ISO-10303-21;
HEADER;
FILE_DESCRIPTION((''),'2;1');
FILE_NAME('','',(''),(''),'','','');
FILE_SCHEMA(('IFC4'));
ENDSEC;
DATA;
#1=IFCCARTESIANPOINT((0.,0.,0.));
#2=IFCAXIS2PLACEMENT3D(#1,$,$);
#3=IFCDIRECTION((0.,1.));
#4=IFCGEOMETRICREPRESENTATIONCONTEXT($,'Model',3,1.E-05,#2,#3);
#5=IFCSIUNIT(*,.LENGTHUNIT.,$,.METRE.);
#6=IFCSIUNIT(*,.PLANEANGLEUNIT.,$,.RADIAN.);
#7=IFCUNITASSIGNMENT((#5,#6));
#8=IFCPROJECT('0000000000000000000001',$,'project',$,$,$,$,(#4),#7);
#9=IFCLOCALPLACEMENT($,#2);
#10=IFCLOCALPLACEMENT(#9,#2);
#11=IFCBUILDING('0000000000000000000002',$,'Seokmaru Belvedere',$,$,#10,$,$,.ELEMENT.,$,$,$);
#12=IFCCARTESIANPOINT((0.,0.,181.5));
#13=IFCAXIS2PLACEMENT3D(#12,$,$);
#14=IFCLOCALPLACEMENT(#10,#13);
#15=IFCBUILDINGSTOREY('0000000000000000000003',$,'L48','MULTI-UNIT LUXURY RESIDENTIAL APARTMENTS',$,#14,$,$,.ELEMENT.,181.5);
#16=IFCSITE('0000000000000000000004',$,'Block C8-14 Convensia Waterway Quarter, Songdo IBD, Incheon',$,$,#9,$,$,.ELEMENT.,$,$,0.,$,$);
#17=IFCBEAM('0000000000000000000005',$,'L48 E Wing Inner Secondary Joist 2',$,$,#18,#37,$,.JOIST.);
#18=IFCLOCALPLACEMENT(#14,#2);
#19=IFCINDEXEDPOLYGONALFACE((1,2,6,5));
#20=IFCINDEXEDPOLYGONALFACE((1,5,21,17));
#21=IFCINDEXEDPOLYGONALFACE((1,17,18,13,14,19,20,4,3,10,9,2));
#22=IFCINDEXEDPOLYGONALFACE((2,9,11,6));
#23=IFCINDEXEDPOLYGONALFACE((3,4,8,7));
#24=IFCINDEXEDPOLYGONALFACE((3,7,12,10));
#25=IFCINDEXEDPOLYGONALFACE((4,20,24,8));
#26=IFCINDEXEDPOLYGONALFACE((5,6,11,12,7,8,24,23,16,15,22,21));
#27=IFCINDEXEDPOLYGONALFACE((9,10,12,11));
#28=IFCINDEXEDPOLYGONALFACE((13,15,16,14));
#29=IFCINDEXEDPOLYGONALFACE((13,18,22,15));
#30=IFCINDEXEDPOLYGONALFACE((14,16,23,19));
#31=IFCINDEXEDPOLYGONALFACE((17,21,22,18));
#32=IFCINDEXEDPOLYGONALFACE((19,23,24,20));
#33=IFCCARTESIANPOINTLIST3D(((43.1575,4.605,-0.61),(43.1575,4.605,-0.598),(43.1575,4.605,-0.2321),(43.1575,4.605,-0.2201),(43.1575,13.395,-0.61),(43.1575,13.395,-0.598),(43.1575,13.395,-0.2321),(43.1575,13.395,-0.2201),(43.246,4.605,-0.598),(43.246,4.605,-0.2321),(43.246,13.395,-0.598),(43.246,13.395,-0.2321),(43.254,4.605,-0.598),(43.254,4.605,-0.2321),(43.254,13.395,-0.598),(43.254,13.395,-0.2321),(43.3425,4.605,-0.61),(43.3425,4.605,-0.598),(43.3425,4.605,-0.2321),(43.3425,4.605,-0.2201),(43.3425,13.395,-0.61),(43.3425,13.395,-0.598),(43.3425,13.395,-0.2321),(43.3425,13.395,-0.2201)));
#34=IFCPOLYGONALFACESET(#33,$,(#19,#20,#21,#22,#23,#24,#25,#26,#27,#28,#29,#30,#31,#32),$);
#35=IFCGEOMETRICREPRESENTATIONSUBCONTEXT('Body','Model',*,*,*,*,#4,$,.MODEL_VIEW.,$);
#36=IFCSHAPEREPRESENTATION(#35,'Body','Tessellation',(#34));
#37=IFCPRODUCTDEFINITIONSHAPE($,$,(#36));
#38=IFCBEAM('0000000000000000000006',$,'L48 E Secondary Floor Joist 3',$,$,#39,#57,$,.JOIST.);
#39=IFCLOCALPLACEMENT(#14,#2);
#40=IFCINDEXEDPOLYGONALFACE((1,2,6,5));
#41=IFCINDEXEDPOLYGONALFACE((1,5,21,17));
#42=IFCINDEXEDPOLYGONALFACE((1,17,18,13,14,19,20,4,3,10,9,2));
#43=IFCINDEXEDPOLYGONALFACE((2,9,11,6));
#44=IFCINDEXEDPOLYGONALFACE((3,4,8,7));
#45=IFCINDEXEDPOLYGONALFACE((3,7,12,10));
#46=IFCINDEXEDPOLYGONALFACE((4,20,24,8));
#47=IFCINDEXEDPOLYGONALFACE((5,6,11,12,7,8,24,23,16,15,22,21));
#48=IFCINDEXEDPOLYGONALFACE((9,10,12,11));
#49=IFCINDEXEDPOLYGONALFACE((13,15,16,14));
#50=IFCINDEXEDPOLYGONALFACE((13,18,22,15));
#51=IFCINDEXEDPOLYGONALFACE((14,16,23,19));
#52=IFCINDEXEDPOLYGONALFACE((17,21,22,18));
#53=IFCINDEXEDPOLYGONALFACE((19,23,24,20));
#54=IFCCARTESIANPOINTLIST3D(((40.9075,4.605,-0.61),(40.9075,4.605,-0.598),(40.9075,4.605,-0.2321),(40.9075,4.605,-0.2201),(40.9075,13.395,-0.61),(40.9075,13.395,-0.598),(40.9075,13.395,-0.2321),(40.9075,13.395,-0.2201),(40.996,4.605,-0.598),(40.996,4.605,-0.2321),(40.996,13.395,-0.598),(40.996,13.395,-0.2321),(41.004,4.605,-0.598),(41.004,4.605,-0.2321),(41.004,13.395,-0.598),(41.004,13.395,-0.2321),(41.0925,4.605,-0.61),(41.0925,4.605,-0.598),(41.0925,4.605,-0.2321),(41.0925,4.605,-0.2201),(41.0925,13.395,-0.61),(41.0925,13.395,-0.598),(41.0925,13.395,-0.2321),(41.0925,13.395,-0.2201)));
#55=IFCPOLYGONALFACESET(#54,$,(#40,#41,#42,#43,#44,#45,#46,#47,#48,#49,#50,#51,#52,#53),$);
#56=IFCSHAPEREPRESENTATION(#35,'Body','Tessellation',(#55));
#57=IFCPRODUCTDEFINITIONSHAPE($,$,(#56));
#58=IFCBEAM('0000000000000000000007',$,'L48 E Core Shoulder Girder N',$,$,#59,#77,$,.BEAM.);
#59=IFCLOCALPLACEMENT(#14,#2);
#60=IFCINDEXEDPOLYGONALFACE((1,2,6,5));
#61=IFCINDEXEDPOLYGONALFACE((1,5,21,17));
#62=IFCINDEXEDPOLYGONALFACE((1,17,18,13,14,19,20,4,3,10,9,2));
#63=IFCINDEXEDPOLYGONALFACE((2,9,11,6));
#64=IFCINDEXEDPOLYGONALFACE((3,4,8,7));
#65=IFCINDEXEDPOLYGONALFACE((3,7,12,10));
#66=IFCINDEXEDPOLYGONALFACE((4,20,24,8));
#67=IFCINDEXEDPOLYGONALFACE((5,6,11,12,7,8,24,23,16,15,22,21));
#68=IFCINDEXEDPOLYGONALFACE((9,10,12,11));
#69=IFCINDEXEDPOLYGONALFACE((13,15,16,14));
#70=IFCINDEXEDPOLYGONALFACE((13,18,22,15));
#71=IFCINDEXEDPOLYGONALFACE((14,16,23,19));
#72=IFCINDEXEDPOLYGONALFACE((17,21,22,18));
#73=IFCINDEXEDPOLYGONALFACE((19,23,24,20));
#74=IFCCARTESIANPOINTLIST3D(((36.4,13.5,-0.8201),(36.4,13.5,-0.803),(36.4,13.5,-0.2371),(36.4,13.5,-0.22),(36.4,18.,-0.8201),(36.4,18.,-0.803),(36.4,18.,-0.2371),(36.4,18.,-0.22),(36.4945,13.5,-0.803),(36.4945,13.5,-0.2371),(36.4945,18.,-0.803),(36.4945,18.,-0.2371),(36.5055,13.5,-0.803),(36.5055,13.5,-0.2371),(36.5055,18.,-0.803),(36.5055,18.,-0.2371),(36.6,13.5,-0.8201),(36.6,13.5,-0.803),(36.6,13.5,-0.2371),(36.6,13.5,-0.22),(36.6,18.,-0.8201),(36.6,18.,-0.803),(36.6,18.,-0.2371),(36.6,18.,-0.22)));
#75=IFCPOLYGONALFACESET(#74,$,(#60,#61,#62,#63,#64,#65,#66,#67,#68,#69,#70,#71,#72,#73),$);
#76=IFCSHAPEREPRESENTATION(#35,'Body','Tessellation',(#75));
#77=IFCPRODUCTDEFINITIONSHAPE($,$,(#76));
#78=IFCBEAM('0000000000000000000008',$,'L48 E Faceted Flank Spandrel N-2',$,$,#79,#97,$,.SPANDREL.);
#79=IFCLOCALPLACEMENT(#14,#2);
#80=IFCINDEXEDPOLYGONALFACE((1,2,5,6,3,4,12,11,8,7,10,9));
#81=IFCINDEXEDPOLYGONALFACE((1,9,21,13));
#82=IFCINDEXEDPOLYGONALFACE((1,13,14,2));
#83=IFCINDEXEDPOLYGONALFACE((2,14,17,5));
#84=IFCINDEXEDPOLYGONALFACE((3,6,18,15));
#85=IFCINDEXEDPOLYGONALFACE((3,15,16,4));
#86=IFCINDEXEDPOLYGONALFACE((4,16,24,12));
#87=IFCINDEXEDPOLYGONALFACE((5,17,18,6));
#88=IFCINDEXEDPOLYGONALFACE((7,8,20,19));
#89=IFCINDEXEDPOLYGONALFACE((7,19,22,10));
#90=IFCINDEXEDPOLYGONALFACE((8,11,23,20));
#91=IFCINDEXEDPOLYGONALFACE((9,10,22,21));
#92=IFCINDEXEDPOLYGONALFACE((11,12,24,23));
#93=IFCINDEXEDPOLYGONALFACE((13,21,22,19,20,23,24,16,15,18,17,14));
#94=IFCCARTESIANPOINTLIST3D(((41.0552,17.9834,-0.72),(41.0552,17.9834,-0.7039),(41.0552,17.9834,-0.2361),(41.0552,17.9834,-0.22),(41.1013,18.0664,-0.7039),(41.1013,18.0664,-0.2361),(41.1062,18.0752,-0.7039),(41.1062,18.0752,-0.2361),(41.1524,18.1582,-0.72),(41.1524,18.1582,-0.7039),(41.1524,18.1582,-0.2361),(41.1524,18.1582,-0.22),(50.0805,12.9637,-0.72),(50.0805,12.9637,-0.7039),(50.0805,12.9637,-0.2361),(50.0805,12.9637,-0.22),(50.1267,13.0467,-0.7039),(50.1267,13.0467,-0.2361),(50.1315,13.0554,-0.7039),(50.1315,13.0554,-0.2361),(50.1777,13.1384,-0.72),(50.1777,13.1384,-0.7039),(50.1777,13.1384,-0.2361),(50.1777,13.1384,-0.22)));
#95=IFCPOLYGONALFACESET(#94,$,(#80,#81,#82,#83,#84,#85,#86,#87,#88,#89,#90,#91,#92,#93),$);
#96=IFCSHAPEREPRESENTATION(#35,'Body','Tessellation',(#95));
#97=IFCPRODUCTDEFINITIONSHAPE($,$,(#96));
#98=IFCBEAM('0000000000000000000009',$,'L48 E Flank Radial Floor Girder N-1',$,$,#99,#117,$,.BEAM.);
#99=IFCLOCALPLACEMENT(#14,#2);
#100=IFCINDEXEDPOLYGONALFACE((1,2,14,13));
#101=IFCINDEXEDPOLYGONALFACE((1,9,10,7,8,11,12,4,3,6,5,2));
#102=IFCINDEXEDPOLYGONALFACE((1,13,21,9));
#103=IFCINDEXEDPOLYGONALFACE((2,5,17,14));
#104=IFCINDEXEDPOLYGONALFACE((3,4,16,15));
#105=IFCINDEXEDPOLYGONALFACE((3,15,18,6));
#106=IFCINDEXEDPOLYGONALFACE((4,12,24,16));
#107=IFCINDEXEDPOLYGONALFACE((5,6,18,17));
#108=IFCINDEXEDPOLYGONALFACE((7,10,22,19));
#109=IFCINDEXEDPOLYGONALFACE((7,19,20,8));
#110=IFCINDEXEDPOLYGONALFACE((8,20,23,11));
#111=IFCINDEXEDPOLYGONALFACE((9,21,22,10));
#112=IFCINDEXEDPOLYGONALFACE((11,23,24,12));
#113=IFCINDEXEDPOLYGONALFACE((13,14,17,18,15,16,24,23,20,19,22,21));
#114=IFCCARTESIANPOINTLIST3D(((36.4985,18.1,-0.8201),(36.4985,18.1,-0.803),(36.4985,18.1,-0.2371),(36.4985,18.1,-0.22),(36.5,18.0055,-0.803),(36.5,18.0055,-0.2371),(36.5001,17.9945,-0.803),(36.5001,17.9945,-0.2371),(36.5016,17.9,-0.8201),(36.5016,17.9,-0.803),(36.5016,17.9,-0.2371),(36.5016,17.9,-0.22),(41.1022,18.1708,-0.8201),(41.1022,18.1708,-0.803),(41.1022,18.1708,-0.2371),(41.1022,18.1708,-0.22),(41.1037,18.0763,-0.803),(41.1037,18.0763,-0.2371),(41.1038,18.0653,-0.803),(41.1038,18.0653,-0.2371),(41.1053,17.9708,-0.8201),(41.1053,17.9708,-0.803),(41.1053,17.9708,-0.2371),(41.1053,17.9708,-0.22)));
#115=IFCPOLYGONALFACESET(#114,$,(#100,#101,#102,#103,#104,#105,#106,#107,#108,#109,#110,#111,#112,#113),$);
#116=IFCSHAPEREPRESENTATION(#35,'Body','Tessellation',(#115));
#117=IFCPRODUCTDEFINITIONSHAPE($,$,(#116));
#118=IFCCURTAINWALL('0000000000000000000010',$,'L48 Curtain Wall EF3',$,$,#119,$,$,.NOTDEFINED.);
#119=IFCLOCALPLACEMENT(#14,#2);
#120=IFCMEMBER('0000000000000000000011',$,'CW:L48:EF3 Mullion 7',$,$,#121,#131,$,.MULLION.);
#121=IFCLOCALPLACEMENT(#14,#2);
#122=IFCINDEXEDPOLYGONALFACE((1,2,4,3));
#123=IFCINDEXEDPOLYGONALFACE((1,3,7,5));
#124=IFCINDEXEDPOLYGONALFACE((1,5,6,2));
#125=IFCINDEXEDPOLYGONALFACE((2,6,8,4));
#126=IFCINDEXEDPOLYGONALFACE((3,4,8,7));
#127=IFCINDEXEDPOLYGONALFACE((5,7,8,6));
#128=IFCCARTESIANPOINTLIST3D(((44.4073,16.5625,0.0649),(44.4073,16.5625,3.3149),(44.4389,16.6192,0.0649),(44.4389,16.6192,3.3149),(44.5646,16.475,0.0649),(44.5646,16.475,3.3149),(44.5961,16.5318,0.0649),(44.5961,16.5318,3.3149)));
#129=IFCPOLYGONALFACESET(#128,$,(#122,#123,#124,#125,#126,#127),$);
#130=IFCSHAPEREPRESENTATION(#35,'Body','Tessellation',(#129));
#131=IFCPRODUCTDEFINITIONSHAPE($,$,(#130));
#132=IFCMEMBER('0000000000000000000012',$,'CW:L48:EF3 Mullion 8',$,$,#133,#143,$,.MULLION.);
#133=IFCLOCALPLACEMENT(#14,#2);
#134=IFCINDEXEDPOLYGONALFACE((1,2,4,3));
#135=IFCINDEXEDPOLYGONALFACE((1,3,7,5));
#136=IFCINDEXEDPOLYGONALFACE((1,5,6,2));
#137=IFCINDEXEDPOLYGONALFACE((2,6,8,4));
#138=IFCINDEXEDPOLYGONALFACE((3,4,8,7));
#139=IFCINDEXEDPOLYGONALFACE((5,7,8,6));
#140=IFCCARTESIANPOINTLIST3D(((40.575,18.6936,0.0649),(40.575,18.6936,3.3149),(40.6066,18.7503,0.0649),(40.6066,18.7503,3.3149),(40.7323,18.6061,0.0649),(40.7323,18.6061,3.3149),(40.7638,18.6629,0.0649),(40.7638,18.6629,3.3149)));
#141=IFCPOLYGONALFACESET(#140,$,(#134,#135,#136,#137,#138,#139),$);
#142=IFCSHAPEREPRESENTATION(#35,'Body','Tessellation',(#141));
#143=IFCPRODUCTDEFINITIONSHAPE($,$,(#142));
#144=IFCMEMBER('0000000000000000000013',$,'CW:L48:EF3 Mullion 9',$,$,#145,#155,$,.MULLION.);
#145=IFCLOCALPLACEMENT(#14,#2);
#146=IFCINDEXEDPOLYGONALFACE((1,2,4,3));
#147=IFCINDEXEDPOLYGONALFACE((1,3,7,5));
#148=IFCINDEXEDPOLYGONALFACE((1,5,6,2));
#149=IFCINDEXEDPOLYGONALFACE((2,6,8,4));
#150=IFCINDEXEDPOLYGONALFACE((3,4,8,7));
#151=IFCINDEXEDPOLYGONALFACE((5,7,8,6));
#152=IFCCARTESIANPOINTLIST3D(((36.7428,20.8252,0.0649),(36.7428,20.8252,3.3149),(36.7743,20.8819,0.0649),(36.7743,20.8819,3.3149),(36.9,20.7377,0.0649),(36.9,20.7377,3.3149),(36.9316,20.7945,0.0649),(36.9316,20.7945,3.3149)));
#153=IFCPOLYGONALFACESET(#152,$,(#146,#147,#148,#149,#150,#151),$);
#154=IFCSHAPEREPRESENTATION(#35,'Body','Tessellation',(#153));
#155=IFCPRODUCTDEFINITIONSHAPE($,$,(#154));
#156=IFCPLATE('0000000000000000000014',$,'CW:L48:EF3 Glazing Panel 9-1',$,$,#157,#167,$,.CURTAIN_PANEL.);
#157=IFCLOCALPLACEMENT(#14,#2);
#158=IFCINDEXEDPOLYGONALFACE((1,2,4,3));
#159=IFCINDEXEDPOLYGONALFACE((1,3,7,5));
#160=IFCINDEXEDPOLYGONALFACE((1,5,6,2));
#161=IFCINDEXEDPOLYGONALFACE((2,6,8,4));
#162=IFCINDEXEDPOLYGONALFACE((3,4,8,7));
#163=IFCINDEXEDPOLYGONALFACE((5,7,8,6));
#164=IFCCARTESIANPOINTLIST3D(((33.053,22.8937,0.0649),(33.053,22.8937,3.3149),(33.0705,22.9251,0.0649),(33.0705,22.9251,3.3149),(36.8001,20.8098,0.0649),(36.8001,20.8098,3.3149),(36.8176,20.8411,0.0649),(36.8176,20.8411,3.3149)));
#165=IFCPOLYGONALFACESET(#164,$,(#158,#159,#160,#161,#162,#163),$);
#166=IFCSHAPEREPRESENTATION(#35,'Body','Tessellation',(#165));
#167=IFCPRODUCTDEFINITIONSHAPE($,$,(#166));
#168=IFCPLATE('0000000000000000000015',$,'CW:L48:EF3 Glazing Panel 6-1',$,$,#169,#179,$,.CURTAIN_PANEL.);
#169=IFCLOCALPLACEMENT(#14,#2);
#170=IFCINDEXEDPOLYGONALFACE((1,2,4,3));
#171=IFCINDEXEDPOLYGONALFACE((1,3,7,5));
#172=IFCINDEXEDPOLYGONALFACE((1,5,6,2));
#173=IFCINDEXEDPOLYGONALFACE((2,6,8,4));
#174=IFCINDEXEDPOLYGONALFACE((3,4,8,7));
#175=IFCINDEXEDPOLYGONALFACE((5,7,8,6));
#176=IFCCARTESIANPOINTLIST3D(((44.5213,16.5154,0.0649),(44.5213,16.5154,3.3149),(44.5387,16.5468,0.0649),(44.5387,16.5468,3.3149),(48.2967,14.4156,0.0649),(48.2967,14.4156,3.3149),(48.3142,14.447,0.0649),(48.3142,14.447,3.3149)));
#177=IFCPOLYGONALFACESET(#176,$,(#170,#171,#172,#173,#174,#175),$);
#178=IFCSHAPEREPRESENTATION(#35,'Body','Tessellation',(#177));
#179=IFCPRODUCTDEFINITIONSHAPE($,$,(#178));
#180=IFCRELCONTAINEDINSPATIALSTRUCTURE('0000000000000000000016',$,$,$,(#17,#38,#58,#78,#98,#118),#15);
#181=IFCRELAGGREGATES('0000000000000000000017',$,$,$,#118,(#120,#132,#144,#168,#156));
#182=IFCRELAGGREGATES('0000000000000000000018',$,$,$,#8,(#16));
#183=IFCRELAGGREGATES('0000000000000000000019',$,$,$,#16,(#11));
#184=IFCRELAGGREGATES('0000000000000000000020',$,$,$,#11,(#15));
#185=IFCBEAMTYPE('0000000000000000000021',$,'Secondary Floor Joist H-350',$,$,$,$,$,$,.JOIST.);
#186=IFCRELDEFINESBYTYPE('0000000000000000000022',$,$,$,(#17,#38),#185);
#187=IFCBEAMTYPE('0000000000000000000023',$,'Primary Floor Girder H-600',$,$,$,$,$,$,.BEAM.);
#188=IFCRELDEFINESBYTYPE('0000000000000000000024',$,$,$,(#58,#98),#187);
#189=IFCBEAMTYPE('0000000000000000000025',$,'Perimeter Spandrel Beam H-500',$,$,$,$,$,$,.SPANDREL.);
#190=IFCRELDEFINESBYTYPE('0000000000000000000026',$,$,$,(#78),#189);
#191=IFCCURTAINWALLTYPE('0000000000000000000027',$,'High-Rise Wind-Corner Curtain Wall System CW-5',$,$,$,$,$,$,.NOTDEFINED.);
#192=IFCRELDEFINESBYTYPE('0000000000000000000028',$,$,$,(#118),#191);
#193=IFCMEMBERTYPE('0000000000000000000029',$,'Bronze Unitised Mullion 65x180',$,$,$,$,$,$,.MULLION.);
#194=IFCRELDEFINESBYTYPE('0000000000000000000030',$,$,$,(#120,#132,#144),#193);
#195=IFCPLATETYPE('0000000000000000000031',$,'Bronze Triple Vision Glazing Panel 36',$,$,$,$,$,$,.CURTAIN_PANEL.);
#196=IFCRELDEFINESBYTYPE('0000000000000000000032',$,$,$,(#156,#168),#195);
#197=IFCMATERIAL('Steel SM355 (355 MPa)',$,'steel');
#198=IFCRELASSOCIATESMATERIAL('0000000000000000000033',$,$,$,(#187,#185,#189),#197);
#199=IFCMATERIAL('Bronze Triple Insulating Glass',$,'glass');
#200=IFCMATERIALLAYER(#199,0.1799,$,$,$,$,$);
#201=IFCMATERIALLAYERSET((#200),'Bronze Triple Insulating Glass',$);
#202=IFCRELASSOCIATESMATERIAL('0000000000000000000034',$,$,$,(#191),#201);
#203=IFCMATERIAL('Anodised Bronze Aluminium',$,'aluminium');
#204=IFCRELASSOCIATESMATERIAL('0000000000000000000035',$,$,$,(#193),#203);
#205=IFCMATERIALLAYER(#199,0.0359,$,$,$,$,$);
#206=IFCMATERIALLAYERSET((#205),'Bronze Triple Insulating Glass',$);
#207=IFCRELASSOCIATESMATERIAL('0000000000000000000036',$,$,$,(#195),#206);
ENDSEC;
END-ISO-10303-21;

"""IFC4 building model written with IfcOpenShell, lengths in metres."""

from ifc_helpers import new_model, si_unit, direction, frame, origin, origin_2d, place, context, subcontext, project, spatial, rectangle, i_section, extrude, source, transform, mapped, material, layer, layer_set, material_profile, profile_set, type_object, type_shapes, element, aggregate, save


model = new_model("IFC4")

# Units and contexts
model_context = context("Model", 3, precision=1e-05, world=origin(), true_north=direction((0.0, 1.0)))
body_context = subcontext(model_context, "Body", "Model", "MODEL_VIEW")
ifc_project = project(units=[si_unit("LENGTHUNIT", "METRE"), si_unit("PLANEANGLEUNIT", "RADIAN")], contexts=[model_context])

# Site, building, storey
site_placement = place(None, origin())
site = spatial("IfcSite", under=ifc_project, at=site_placement, Name="Block C8-14 Convensia Waterway Quarter, Songdo IBD, Incheon", CompositionType="ELEMENT", RefElevation=0.0)
building_placement = place(site_placement, origin())
building = spatial("IfcBuilding", under=site, at=building_placement, Name="Seokmaru Belvedere", CompositionType="ELEMENT")
storey_placement = place(building_placement, frame((0.0, 0.0, 181.5)))
storey = spatial("IfcBuildingStorey", under=building, at=storey_placement, Name="L48", Description="MULTI-UNIT LUXURY RESIDENTIAL APARTMENTS", CompositionType="ELEMENT", Elevation=181.5)

# Shared definitions
ifc_material_1 = material(Name="Steel SM355 (355 MPa)", Category="steel")

# Beams
ifc_material_profile_1 = material_profile(ifc_material_1, i_section(OverallWidth=0.2, OverallDepth=0.6001, WebThickness=0.011, FlangeThickness=0.0171, at=origin_2d()), Name="H-600x200x11x17")
ifc_profile_set_1 = profile_set([ifc_material_profile_1], Name="Steel SM355 (355 MPa)")
beam_type_1 = type_object("IfcBeamType", Name="Primary Floor Girder H-600", PredefinedType="BEAM", material=ifc_profile_set_1)
ifc_material_profile_2 = material_profile(ifc_material_1, i_section(OverallWidth=0.1851, OverallDepth=0.3899, WebThickness=0.0081, FlangeThickness=0.012, at=origin_2d()), Name="H-390x185x8x12")
ifc_profile_set_2 = profile_set([ifc_material_profile_2], Name="Steel SM355 (355 MPa)")
beam_type_2 = type_object("IfcBeamType", Name="Secondary Floor Joist H-350", PredefinedType="JOIST", material=ifc_profile_set_2)
shared_shape_1 = source(origin(), body_context, "Body", "SweptSolid", [
    extrude(i_section(OverallWidth=0.1851, OverallDepth=0.3899, WebThickness=0.0081, FlangeThickness=0.012, at=origin_2d()), origin(), (0.0, 0.0, 1.0), 8.79),
])
type_shapes(beam_type_2, [shared_shape_1])
for number, where, z_axis, x_axis, name in (
    (1, (43.25, 4.605, -0.415), (0.0, 1.0, 0.0), (-1.0, 0.0, 0.0), "L48 E Wing Inner Secondary Joist 2"),
    (2, (41.0, 4.605, -0.415), (0.0, 1.0, 0.0), (-1.0, 0.0, 0.0), "L48 E Secondary Floor Joist 3"),
):
    element("IfcBeam", number, at=place(storey_placement, frame(where, z_axis=z_axis, x_axis=x_axis)), inside=storey, type_object=beam_type_2, Name=name, PredefinedType="JOIST", context=body_context, shape_type="MappedRepresentation", body=[
        mapped(shared_shape_1, transform((0.0, 0.0, 0.0), scale=1.0)),
    ])
shared_shape_2 = source(origin(), body_context, "Body", "SweptSolid", [
    extrude(i_section(OverallWidth=0.2, OverallDepth=0.6001, WebThickness=0.011, FlangeThickness=0.0171, at=origin_2d()), origin(), (0.0, 0.0, 1.0), 4.5),
])
beam_1_placement = place(storey_placement, frame((36.5, 13.5, -0.52), z_axis=(0.0, 1.0, 0.0), x_axis=(-1.0, 0.0, 0.0)))
element("IfcBeam", 3, at=beam_1_placement, inside=storey, type_object=beam_type_1, Name="L48 E Core Shoulder Girder N", PredefinedType="BEAM", context=body_context, shape_type="MappedRepresentation", body=[
    mapped(shared_shape_2, transform((0.0, 0.0, 0.0), scale=1.0)),
])
ifc_material_profile_3 = material_profile(ifc_material_1, i_section(OverallWidth=0.2, OverallDepth=0.5, WebThickness=0.01, FlangeThickness=0.0161, at=origin_2d()), Name="H-500x200x10x16")
ifc_profile_set_3 = profile_set([ifc_material_profile_3], Name="Steel SM355 (355 MPa)")
beam_type_3 = type_object("IfcBeamType", Name="Perimeter Spandrel Beam H-500", PredefinedType="SPANDREL", material=ifc_profile_set_3)
shared_shape_3 = source(origin(), body_context, "Body", "SweptSolid", [
    extrude(i_section(OverallWidth=0.2, OverallDepth=0.5, WebThickness=0.01, FlangeThickness=0.0161, at=origin_2d()), origin(), (0.0, 0.0, 1.0), 10.3274),
])
type_shapes(beam_type_3, [shared_shape_3])
beam_2_placement = place(storey_placement, frame((41.1038, 18.0708, -0.47), z_axis=(0.873924, -0.486062, 0.0), x_axis=(0.486062, 0.873924, 0.0)))
element("IfcBeam", 4, at=beam_2_placement, inside=storey, type_object=beam_type_3, Name="L48 E Faceted Flank Spandrel N-2", PredefinedType="SPANDREL", context=body_context, shape_type="MappedRepresentation", body=[
    mapped(shared_shape_3, transform((0.0, 0.0, 0.0), scale=1.0)),
])
shared_shape_4 = source(origin(), body_context, "Body", "SweptSolid", [
    extrude(i_section(OverallWidth=0.2, OverallDepth=0.6001, WebThickness=0.011, FlangeThickness=0.0171, at=origin_2d()), origin(), (0.0, 0.0, 1.0), 4.6042),
])
beam_3_placement = place(storey_placement, frame((41.1038, 18.0708, -0.52), z_axis=(-0.999882, -0.015377, 0.0), x_axis=(0.015377, -0.999882, 0.0)))
element("IfcBeam", 5, at=beam_3_placement, inside=storey, type_object=beam_type_1, Name="L48 E Flank Radial Floor Girder N-1", PredefinedType="BEAM", context=body_context, shape_type="MappedRepresentation", body=[
    mapped(shared_shape_4, transform((0.0, 0.0, 0.0), scale=1.0)),
])

# Curtain wall, members, plates
ifc_material_2 = material(Name="Bronze Triple Insulating Glass", Category="glass")
ifc_layer_1 = layer(ifc_material_2, 0.1799)
ifc_layer_set_1 = layer_set([ifc_layer_1], Name="Bronze Triple Insulating Glass")
curtain_wall_type = type_object("IfcCurtainWallType", Name="High-Rise Wind-Corner Curtain Wall System CW-5", PredefinedType="NOTDEFINED", material=ifc_layer_set_1)
curtain_wall_placement = place(storey_placement, origin())
curtain_wall = element("IfcCurtainWall", 6, at=curtain_wall_placement, inside=storey, type_object=curtain_wall_type, Name="L48 Curtain Wall EF3", PredefinedType="NOTDEFINED")
ifc_material_3 = material(Name="Anodised Bronze Aluminium", Category="aluminium")
ifc_material_profile_4 = material_profile(ifc_material_3, rectangle(XDim=0.0649, YDim=0.1799, at=origin_2d()), Name="CW-M-65x180")
ifc_profile_set_4 = profile_set([ifc_material_profile_4], Name="Anodised Bronze Aluminium")
member_type = type_object("IfcMemberType", Name="Bronze Unitised Mullion 65x180", PredefinedType="MULLION", material=ifc_profile_set_4)
shared_shape_5 = source(origin(), body_context, "Body", "SweptSolid", [
    extrude(rectangle(XDim=0.0649, YDim=0.1799, at=origin_2d()), origin(), (0.0, 0.0, 1.0), 3.25),
])
type_shapes(member_type, [shared_shape_5])
member_1_placement = place(storey_placement, frame((44.5017, 16.5471, 0.0649), z_axis=(0.0, 0.0, 1.0), x_axis=(-0.486047, -0.873933, 0.0)))
member_1 = element("IfcMember", 7, at=member_1_placement, type_object=member_type, Name="CW:L48:EF3 Mullion 7", PredefinedType="MULLION", context=body_context, shape_type="MappedRepresentation", body=[
    mapped(shared_shape_5, transform((0.0, 0.0, 0.0), scale=1.0)),
])
member_2_placement = place(storey_placement, frame((40.6694, 18.6782, 0.0649), z_axis=(0.0, 0.0, 1.0), x_axis=(-0.486047, -0.873933, 0.0)))
member_2 = element("IfcMember", 8, at=member_2_placement, type_object=member_type, Name="CW:L48:EF3 Mullion 8", PredefinedType="MULLION", context=body_context, shape_type="MappedRepresentation", body=[
    mapped(shared_shape_5, transform((0.0, 0.0, 0.0), scale=1.0)),
])
member_3_placement = place(storey_placement, frame((36.8372, 20.8098, 0.0649), z_axis=(0.0, 0.0, 1.0), x_axis=(-0.486047, -0.873933, 0.0)))
member_3 = element("IfcMember", 9, at=member_3_placement, type_object=member_type, Name="CW:L48:EF3 Mullion 9", PredefinedType="MULLION", context=body_context, shape_type="MappedRepresentation", body=[
    mapped(shared_shape_5, transform((0.0, 0.0, 0.0), scale=1.0)),
])
ifc_layer_2 = layer(ifc_material_2, 0.0359)
ifc_layer_set_2 = layer_set([ifc_layer_2], Name="Bronze Triple Insulating Glass")
plate_type = type_object("IfcPlateType", Name="Bronze Triple Vision Glazing Panel 36", PredefinedType="CURTAIN_PANEL", material=ifc_layer_set_2)
shared_shape_6 = source(origin(), body_context, "Body", "SweptSolid", [
    extrude(rectangle(XDim=4.2876, YDim=0.0359, at=origin_2d()), origin(), (0.0, 0.0, 1.0), 3.25),
])
plate_1_placement = place(storey_placement, frame((34.9353, 21.8674, 0.0649), z_axis=(0.0, 0.0, 1.0), x_axis=(-0.873933, 0.486047, 0.0)))
plate_1 = element("IfcPlate", 10, at=plate_1_placement, type_object=plate_type, Name="CW:L48:EF3 Glazing Panel 9-1", PredefinedType="CURTAIN_PANEL", context=body_context, shape_type="MappedRepresentation", body=[
    mapped(shared_shape_6, transform((0.0, 0.0, 0.0), scale=1.0)),
])
shared_shape_7 = source(origin(), body_context, "Body", "SweptSolid", [
    extrude(rectangle(XDim=4.3201, YDim=0.0359, at=origin_2d()), origin(), (0.0, 0.0, 1.0), 3.25),
])
type_shapes(plate_type, [shared_shape_6, shared_shape_7])
plate_2_placement = place(storey_placement, frame((46.4177, 15.4812, 0.0649), z_axis=(0.0, 0.0, 1.0), x_axis=(-0.873933, 0.486047, 0.0)))
plate_2 = element("IfcPlate", 11, at=plate_2_placement, type_object=plate_type, Name="CW:L48:EF3 Glazing Panel 6-1", PredefinedType="CURTAIN_PANEL", context=body_context, shape_type="MappedRepresentation", body=[
    mapped(shared_shape_7, transform((0.0, 0.0, 0.0), scale=1.0)),
])
aggregate(curtain_wall, [member_1, member_2, member_3, plate_2, plate_1])

save(model, "model.ifc")
